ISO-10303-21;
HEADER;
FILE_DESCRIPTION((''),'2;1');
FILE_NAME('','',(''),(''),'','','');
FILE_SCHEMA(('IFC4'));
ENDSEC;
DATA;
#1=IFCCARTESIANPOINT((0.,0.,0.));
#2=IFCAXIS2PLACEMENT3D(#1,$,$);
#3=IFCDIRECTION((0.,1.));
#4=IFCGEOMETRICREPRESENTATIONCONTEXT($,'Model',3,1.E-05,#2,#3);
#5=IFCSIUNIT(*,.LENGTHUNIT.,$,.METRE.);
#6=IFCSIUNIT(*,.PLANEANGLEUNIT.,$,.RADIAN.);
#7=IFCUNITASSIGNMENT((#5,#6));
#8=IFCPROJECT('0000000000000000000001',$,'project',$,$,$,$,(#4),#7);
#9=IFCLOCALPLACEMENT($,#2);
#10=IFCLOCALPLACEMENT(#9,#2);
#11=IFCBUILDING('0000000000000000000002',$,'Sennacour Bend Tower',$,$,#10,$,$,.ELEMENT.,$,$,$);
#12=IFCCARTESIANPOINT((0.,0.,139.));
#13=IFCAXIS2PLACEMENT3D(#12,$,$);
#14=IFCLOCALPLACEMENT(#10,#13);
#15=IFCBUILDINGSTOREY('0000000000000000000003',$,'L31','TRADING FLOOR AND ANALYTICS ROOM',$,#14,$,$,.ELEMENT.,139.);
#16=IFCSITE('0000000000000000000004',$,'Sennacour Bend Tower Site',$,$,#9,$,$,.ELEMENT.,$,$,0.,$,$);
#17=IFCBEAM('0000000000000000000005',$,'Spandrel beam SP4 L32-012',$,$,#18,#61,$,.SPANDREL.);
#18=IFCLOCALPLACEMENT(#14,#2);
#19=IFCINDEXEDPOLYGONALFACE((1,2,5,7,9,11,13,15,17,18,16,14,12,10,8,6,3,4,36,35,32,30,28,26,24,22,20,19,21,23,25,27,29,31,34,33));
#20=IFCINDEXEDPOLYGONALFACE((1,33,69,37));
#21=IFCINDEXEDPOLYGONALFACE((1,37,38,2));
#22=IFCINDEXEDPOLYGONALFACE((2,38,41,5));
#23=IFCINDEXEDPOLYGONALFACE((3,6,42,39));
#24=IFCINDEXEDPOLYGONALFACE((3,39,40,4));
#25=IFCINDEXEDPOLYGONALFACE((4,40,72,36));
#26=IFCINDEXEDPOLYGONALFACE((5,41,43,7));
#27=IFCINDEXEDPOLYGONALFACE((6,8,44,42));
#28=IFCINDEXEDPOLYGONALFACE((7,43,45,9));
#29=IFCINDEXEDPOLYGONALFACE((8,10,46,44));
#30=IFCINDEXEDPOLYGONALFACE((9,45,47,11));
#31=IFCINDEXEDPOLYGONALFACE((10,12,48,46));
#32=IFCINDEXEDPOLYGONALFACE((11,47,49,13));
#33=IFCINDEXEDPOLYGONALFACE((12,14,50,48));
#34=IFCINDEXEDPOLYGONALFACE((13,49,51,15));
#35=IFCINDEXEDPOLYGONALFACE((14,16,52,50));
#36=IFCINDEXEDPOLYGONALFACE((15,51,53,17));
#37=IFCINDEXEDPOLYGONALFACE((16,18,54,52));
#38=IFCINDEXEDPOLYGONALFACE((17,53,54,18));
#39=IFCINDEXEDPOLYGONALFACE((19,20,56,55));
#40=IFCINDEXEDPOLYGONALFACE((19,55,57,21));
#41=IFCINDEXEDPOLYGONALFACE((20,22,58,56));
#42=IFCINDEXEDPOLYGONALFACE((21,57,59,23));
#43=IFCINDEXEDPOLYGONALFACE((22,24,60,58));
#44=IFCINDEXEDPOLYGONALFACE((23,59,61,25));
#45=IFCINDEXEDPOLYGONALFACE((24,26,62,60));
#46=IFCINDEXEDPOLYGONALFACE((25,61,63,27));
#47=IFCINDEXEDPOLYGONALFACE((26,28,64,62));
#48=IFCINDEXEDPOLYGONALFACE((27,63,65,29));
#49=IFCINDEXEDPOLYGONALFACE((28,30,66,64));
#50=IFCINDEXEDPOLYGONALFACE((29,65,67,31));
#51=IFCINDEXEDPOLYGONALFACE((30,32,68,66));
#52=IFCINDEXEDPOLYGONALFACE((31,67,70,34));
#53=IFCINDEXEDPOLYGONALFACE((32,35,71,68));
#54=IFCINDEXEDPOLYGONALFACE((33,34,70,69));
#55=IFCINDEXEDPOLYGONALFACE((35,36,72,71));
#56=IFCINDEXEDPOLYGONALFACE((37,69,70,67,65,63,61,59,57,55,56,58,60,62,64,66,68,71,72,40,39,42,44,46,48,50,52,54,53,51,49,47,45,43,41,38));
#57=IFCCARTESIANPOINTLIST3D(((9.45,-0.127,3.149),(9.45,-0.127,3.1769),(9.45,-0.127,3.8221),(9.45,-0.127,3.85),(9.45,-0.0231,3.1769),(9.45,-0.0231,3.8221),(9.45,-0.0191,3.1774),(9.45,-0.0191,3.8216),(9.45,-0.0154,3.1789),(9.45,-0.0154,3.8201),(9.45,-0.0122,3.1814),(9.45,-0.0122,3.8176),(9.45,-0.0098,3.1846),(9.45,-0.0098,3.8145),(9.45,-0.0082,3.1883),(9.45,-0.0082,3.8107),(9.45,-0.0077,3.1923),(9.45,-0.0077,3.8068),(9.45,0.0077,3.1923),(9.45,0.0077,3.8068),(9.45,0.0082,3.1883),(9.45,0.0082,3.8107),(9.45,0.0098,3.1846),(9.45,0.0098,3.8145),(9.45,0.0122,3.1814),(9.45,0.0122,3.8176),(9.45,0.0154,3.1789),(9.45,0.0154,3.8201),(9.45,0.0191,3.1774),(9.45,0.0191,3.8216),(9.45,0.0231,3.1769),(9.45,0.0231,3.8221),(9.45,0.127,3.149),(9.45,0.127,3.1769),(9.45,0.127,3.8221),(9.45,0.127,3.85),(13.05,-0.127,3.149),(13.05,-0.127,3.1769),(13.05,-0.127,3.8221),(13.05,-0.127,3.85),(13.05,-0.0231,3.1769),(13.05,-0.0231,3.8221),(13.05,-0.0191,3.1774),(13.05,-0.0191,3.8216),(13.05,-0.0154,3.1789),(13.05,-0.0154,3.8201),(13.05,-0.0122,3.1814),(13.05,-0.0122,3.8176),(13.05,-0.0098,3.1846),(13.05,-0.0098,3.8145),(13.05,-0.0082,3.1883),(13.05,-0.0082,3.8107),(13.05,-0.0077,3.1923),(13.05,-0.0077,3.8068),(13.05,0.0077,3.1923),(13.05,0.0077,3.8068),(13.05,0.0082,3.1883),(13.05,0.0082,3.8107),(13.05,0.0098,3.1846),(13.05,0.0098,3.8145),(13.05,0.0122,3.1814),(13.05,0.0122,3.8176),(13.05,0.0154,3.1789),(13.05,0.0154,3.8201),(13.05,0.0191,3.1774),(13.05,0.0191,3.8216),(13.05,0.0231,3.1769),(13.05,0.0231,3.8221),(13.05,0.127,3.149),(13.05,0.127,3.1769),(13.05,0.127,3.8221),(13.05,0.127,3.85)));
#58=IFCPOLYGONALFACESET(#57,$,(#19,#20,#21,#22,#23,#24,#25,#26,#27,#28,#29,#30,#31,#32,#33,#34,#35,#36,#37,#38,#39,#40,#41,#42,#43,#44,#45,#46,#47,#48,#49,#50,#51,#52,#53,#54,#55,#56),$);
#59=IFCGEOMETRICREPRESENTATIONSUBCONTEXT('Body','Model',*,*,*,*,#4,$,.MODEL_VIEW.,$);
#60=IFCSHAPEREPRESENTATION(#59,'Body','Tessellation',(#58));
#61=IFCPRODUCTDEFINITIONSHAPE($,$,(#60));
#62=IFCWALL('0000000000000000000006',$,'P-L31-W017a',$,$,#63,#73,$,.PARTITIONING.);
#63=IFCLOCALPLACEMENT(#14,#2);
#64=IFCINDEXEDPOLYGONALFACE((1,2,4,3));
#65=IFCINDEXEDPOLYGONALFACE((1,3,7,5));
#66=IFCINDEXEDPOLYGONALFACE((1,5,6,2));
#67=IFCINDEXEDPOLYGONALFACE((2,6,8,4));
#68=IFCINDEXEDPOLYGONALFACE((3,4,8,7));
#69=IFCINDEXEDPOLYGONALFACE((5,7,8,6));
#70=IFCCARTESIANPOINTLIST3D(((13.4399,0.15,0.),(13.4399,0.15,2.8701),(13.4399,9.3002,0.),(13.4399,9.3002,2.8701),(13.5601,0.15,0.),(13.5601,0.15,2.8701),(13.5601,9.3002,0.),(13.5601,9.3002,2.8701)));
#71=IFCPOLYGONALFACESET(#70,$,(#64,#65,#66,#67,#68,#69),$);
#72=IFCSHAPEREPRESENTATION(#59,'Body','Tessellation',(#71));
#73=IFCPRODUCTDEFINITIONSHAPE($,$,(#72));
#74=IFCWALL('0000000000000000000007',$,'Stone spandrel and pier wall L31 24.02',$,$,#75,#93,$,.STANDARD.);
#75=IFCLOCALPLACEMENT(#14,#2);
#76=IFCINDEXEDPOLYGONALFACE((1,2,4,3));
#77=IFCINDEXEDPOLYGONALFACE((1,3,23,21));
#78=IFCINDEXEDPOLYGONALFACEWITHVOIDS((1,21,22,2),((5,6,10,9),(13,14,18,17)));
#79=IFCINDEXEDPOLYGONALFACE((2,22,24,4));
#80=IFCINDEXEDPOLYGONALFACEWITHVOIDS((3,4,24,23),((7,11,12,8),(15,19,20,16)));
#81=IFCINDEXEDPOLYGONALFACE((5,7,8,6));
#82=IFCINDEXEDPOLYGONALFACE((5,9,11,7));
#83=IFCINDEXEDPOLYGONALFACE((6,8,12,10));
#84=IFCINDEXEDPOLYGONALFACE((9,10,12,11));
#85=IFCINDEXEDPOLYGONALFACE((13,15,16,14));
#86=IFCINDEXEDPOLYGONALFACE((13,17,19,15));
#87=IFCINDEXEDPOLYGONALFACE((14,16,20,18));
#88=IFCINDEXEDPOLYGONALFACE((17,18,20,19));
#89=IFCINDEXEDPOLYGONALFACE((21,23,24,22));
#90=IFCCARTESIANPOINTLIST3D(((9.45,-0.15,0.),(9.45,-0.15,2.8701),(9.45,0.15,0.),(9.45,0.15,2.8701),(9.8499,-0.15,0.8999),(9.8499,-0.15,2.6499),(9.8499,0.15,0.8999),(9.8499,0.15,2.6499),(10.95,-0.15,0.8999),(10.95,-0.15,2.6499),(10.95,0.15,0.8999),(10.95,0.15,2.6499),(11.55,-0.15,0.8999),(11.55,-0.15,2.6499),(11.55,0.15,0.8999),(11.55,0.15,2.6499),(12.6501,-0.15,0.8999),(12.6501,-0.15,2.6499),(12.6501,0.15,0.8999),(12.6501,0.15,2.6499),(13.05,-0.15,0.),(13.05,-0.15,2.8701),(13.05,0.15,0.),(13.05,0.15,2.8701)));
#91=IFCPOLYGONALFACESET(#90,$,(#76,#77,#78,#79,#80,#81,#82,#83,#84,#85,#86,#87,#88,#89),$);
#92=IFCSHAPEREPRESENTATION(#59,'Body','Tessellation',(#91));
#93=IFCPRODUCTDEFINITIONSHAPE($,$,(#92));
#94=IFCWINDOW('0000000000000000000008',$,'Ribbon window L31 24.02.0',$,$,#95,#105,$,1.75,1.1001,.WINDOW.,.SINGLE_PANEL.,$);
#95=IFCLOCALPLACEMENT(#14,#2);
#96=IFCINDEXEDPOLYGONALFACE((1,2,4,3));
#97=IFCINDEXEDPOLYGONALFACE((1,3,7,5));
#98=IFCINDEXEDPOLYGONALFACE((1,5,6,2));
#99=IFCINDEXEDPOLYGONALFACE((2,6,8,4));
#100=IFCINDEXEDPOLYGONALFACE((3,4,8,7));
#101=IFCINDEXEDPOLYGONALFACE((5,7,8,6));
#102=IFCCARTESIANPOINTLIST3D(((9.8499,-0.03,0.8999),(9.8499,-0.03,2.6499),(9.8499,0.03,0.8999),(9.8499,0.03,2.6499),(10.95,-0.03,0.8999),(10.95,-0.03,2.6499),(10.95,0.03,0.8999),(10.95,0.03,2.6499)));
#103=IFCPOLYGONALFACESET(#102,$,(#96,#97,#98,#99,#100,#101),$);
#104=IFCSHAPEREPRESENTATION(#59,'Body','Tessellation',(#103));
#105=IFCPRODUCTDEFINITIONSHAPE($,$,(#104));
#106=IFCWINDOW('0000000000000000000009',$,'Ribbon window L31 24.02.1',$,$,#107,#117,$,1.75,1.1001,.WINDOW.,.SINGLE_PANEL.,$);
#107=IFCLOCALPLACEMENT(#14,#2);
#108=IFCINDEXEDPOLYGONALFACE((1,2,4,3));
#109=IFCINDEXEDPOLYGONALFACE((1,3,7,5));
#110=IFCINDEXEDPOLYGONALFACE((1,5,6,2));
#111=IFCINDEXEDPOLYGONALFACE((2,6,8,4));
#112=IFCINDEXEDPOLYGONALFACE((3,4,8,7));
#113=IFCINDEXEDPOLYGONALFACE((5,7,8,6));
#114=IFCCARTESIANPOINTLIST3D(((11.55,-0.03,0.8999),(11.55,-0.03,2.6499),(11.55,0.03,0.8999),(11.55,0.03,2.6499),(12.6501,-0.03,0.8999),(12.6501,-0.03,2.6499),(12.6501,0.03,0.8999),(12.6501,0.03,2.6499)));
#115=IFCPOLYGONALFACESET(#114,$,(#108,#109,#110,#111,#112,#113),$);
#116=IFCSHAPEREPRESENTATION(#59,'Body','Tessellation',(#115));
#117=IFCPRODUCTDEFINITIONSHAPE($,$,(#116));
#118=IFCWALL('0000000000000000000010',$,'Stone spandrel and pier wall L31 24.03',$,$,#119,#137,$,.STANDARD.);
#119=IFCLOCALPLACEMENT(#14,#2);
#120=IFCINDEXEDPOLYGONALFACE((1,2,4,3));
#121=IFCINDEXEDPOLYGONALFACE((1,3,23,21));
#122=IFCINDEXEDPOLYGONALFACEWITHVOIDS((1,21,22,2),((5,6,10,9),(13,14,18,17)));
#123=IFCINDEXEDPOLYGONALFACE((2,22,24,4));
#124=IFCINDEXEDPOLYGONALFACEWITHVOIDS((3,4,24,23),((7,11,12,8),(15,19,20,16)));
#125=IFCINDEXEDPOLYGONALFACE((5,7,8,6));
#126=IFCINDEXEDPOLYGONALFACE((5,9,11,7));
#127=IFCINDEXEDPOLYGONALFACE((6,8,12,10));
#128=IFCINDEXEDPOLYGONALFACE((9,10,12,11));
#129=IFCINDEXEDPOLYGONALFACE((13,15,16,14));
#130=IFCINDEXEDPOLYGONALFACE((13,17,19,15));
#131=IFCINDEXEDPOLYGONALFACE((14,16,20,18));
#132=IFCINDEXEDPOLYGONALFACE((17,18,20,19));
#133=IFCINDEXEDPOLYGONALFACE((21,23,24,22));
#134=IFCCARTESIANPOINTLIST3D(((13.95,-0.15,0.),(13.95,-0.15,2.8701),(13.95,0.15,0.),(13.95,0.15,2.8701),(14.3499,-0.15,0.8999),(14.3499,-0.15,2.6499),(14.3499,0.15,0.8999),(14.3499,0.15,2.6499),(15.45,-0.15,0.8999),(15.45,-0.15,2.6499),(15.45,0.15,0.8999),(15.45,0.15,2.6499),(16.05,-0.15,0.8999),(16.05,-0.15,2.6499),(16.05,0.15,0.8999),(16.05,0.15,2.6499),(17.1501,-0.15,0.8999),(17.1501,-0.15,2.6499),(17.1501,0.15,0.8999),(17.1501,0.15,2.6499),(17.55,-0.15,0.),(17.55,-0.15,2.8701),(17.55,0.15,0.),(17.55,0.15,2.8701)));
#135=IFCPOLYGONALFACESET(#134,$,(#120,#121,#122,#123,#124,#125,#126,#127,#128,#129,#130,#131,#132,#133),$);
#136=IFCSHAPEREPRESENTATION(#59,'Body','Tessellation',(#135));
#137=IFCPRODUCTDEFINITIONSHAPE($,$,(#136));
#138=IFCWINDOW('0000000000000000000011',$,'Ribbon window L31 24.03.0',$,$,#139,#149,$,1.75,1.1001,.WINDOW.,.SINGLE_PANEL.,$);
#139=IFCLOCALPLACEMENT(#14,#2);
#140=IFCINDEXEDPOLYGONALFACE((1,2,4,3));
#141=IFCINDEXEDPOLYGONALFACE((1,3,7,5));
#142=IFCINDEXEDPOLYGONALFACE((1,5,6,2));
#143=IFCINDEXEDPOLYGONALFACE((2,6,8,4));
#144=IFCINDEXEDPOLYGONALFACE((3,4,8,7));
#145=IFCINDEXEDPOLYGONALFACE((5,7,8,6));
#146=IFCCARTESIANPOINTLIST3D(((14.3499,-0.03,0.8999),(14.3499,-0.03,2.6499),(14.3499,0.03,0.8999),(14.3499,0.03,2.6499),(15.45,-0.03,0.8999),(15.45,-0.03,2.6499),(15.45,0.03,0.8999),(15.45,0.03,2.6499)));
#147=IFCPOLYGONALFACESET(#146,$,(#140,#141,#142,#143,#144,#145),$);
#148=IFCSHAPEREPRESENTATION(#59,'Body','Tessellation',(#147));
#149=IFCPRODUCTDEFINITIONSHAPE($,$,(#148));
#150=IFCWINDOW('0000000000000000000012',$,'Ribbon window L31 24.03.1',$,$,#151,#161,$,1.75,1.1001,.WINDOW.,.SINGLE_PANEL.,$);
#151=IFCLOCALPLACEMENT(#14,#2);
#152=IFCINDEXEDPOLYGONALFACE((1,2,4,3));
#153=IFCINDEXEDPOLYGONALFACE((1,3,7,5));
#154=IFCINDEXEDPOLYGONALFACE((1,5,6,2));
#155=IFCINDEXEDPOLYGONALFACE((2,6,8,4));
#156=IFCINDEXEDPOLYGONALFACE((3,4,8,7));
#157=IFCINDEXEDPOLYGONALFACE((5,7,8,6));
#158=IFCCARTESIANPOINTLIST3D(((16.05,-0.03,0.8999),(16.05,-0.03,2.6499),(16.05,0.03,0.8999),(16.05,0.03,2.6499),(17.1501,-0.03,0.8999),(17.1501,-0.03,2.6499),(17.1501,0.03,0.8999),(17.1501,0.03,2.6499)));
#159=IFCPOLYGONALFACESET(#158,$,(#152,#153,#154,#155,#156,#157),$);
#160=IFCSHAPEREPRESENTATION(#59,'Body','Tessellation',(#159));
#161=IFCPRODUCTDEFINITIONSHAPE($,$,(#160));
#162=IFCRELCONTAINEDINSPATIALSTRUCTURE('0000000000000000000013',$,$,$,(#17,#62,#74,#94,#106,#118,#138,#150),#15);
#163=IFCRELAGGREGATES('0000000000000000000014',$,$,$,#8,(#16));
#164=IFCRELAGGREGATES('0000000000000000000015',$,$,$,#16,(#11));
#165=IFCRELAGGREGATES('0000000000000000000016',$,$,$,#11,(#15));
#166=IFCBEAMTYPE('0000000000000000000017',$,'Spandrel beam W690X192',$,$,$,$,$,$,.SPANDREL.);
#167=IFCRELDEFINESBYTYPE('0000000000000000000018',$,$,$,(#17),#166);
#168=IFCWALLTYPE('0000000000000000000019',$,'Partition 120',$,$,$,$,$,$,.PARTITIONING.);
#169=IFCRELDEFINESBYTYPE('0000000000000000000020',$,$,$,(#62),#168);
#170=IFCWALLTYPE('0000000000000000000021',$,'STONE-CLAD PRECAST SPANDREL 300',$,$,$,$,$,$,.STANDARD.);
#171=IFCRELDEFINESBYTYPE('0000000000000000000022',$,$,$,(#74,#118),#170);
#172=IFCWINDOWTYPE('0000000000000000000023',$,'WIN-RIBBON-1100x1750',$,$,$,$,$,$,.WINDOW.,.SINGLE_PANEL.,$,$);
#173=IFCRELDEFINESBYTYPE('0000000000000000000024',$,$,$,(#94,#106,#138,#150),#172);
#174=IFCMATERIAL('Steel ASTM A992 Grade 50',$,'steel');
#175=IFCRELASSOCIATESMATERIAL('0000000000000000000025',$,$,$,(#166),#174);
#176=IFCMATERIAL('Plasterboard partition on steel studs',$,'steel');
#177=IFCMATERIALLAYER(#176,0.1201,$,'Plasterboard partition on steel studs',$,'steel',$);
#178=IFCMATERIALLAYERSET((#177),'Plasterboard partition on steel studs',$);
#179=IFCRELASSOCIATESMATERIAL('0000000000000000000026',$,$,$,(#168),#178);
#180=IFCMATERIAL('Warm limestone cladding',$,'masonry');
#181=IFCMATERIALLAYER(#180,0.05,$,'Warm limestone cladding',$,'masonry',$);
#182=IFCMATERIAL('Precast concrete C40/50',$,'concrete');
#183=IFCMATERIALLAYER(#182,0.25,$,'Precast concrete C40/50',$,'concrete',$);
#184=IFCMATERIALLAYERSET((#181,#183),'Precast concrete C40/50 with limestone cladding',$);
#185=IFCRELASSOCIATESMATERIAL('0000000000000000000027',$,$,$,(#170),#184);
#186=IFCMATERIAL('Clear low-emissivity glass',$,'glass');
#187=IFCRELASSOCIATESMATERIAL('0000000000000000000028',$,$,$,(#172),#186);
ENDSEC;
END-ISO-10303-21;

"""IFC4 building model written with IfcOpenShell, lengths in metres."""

from ifc_helpers import new_model, si_unit, direction, frame, frame_2d, origin, origin_2d, place, context, subcontext, project, spatial, rectangle, i_section, extrude, material, layer, layer_set, material_profile, profile_set, type_object, element, fill, save


model = new_model("IFC4")

# Units and contexts
model_context = context("Model", 3, precision=1e-05, world=origin(), true_north=direction((0.0, 1.0)))
body_context = subcontext(model_context, "Body", "Model", "MODEL_VIEW")
ifc_project = project(units=[si_unit("LENGTHUNIT", "METRE"), si_unit("PLANEANGLEUNIT", "RADIAN")], contexts=[model_context])

# Site, building, storey
site_placement = place(None, origin())
site = spatial("IfcSite", under=ifc_project, at=site_placement, Name="Sennacour Bend Tower Site", CompositionType="ELEMENT", RefElevation=0.0)
building_placement = place(site_placement, origin())
building = spatial("IfcBuilding", under=site, at=building_placement, Name="Sennacour Bend Tower", CompositionType="ELEMENT")
storey_placement = place(building_placement, frame((0.0, 0.0, 139.0)))
storey = spatial("IfcBuildingStorey", under=building, at=storey_placement, Name="L31", Description="TRADING FLOOR AND ANALYTICS ROOM", CompositionType="ELEMENT", Elevation=139.0)

# Beam
ifc_material_1 = material(Name="Steel ASTM A992 Grade 50", Category="steel")
ifc_material_profile_1 = material_profile(ifc_material_1, i_section(OverallWidth=0.2539, OverallDepth=0.7009, WebThickness=0.0154, FlangeThickness=0.0278, FilletRadius=0.0154, at=origin_2d()), Name="Steel ASTM A992 Grade 50", Category="steel")
ifc_profile_set_1 = profile_set([ifc_material_profile_1], Name="Steel ASTM A992 Grade 50")
beam_type_1 = type_object("IfcBeamType", Name="Spandrel beam W690X192", PredefinedType="SPANDREL", material=ifc_profile_set_1)
for number, where, z_axis, x_axis, name in (
    (1, (13.05, 0.0, 3.4995), (-1.0, 0.0, 0.0), (0.0, -1.0, 0.0), "Spandrel beam SP4 L32-012"),
):
    element("IfcBeam", number, at=place(storey_placement, frame(where, z_axis=z_axis, x_axis=x_axis)), inside=storey, type_object=beam_type_1, Name=name, PredefinedType="SPANDREL", context=body_context, shape_type="SweptSolid", body=[
        extrude(i_section(OverallWidth=0.2539, OverallDepth=0.7009, WebThickness=0.0154, FlangeThickness=0.0278, FilletRadius=0.0154, at=origin_2d()), origin(), (0.0, 0.0, 1.0), 3.6001),
    ])

# Wall
ifc_material_2 = material(Name="Plasterboard partition on steel studs", Category="steel")
ifc_layer_1 = layer(ifc_material_2, 0.1201, Name="Plasterboard partition on steel studs", Category="steel")
ifc_layer_set_1 = layer_set([ifc_layer_1], Name="Plasterboard partition on steel studs")
wall_type_1 = type_object("IfcWallType", Name="Partition 120", PredefinedType="PARTITIONING", material=ifc_layer_set_1)
wall_1_placement = place(storey_placement, frame((13.5, 0.1499, 0.0), z_axis=(0.0, 0.0, 1.0), x_axis=(0.0, 1.0, 0.0)))
element("IfcWall", 2, at=wall_1_placement, inside=storey, type_object=wall_type_1, Name="P-L31-W017a", PredefinedType="PARTITIONING", context=body_context, shape_type="SweptSolid", body=[
    extrude(rectangle(XDim=9.1501, YDim=0.1201, at=frame_2d((4.5752, 0.0))), origin(), (0.0, 0.0, 1.0), 2.8701),
])

# Walls, openings, windows
ifc_material_3 = material(Name="Warm limestone cladding", Category="masonry")
ifc_layer_2 = layer(ifc_material_3, 0.05, Name="Warm limestone cladding", Category="masonry")
ifc_material_4 = material(Name="Precast concrete C40/50", Category="concrete")
ifc_layer_3 = layer(ifc_material_4, 0.25, Name="Precast concrete C40/50", Category="concrete")
ifc_layer_set_2 = layer_set([ifc_layer_2, ifc_layer_3], Name="Precast concrete C40/50 with limestone cladding")
wall_type_2 = type_object("IfcWallType", Name="STONE-CLAD PRECAST SPANDREL 300", PredefinedType="STANDARD", material=ifc_layer_set_2)
wall_2_placement = place(storey_placement, frame((9.45, 0.0, 0.0), z_axis=(0.0, 0.0, 1.0), x_axis=(1.0, 0.0, 0.0)))
wall_2 = element("IfcWall", 3, at=wall_2_placement, inside=storey, type_object=wall_type_2, Name="Stone spandrel and pier wall L31 24.02", PredefinedType="STANDARD", context=body_context, shape_type="SweptSolid", body=[
    extrude(rectangle(XDim=3.6001, YDim=0.3, at=frame_2d((1.8, 0.0))), origin(), (0.0, 0.0, 1.0), 2.8701),
])
opening_1_placement = place(wall_2_placement, frame((0.3999, 0.0, 0.8999)))
opening_1 = element("IfcOpeningElement", 4, at=opening_1_placement, cuts=wall_2, PredefinedType="OPENING", context=body_context, shape_type="SweptSolid", body=[
    extrude(rectangle(XDim=1.1001, YDim=1.75, at=frame_2d((0.55, 0.875))), frame((0.0, 0.1602, 0.0), z_axis=(0.0, -1.0, 0.0), x_axis=(1.0, 0.0, 0.0)), (0.0, 0.0, 1.0), 0.3201),
])
opening_2_placement = place(wall_2_placement, frame((2.1001, 0.0, 0.8999)))
opening_2 = element("IfcOpeningElement", 5, at=opening_2_placement, cuts=wall_2, PredefinedType="OPENING", context=body_context, shape_type="SweptSolid", body=[
    extrude(rectangle(XDim=1.1001, YDim=1.75, at=frame_2d((0.55, 0.875))), frame((0.0, 0.1602, 0.0), z_axis=(0.0, -1.0, 0.0), x_axis=(1.0, 0.0, 0.0)), (0.0, 0.0, 1.0), 0.3201),
])
ifc_material_5 = material(Name="Clear low-emissivity glass", Category="glass")
window_type = type_object("IfcWindowType", Name="WIN-RIBBON-1100x1750", PartitioningType="SINGLE_PANEL", PredefinedType="WINDOW", material=ifc_material_5)
window_1_placement = place(opening_1_placement, origin())
window_1 = element("IfcWindow", 6, at=window_1_placement, inside=storey, type_object=window_type, Name="Ribbon window L31 24.02.0", OverallHeight=1.75, OverallWidth=1.1001, PartitioningType="SINGLE_PANEL", PredefinedType="WINDOW", context=body_context, shape_type="SweptSolid", body=[
    extrude(rectangle(XDim=1.1001, YDim=1.75, at=frame_2d((0.55, 0.875))), frame((0.0, 0.03, 0.0), z_axis=(0.0, -1.0, 0.0), x_axis=(1.0, 0.0, 0.0)), (0.0, 0.0, 1.0), 0.0601),
])
fill(opening_1, window_1)
window_2_placement = place(opening_2_placement, origin())
window_2 = element("IfcWindow", 7, at=window_2_placement, inside=storey, type_object=window_type, Name="Ribbon window L31 24.02.1", OverallHeight=1.75, OverallWidth=1.1001, PartitioningType="SINGLE_PANEL", PredefinedType="WINDOW", context=body_context, shape_type="SweptSolid", body=[
    extrude(rectangle(XDim=1.1001, YDim=1.75, at=frame_2d((0.55, 0.875))), frame((0.0, 0.03, 0.0), z_axis=(0.0, -1.0, 0.0), x_axis=(1.0, 0.0, 0.0)), (0.0, 0.0, 1.0), 0.0601),
])
fill(opening_2, window_2)
wall_3_placement = place(storey_placement, frame((13.95, 0.0, 0.0), z_axis=(0.0, 0.0, 1.0), x_axis=(1.0, 0.0, 0.0)))
wall_3 = element("IfcWall", 8, at=wall_3_placement, inside=storey, type_object=wall_type_2, Name="Stone spandrel and pier wall L31 24.03", PredefinedType="STANDARD", context=body_context, shape_type="SweptSolid", body=[
    extrude(rectangle(XDim=3.6001, YDim=0.3, at=frame_2d((1.8, 0.0))), origin(), (0.0, 0.0, 1.0), 2.8701),
])
opening_3_placement = place(wall_3_placement, frame((0.3999, 0.0, 0.8999)))
opening_3 = element("IfcOpeningElement", 9, at=opening_3_placement, cuts=wall_3, PredefinedType="OPENING", context=body_context, shape_type="SweptSolid", body=[
    extrude(rectangle(XDim=1.1001, YDim=1.75, at=frame_2d((0.55, 0.875))), frame((0.0, 0.1602, 0.0), z_axis=(0.0, -1.0, 0.0), x_axis=(1.0, 0.0, 0.0)), (0.0, 0.0, 1.0), 0.3201),
])
opening_4_placement = place(wall_3_placement, frame((2.1001, 0.0, 0.8999)))
opening_4 = element("IfcOpeningElement", 10, at=opening_4_placement, cuts=wall_3, PredefinedType="OPENING", context=body_context, shape_type="SweptSolid", body=[
    extrude(rectangle(XDim=1.1001, YDim=1.75, at=frame_2d((0.55, 0.875))), frame((0.0, 0.1602, 0.0), z_axis=(0.0, -1.0, 0.0), x_axis=(1.0, 0.0, 0.0)), (0.0, 0.0, 1.0), 0.3201),
])
window_3_placement = place(opening_3_placement, origin())
window_3 = element("IfcWindow", 11, at=window_3_placement, inside=storey, type_object=window_type, Name="Ribbon window L31 24.03.0", OverallHeight=1.75, OverallWidth=1.1001, PartitioningType="SINGLE_PANEL", PredefinedType="WINDOW", context=body_context, shape_type="SweptSolid", body=[
    extrude(rectangle(XDim=1.1001, YDim=1.75, at=frame_2d((0.55, 0.875))), frame((0.0, 0.03, 0.0), z_axis=(0.0, -1.0, 0.0), x_axis=(1.0, 0.0, 0.0)), (0.0, 0.0, 1.0), 0.0601),
])
fill(opening_3, window_3)
window_4_placement = place(opening_4_placement, origin())
window_4 = element("IfcWindow", 12, at=window_4_placement, inside=storey, type_object=window_type, Name="Ribbon window L31 24.03.1", OverallHeight=1.75, OverallWidth=1.1001, PartitioningType="SINGLE_PANEL", PredefinedType="WINDOW", context=body_context, shape_type="SweptSolid", body=[
    extrude(rectangle(XDim=1.1001, YDim=1.75, at=frame_2d((0.55, 0.875))), frame((0.0, 0.03, 0.0), z_axis=(0.0, -1.0, 0.0), x_axis=(1.0, 0.0, 0.0)), (0.0, 0.0, 1.0), 0.0601),
])
fill(opening_4, window_4)

save(model, "model.ifc")
